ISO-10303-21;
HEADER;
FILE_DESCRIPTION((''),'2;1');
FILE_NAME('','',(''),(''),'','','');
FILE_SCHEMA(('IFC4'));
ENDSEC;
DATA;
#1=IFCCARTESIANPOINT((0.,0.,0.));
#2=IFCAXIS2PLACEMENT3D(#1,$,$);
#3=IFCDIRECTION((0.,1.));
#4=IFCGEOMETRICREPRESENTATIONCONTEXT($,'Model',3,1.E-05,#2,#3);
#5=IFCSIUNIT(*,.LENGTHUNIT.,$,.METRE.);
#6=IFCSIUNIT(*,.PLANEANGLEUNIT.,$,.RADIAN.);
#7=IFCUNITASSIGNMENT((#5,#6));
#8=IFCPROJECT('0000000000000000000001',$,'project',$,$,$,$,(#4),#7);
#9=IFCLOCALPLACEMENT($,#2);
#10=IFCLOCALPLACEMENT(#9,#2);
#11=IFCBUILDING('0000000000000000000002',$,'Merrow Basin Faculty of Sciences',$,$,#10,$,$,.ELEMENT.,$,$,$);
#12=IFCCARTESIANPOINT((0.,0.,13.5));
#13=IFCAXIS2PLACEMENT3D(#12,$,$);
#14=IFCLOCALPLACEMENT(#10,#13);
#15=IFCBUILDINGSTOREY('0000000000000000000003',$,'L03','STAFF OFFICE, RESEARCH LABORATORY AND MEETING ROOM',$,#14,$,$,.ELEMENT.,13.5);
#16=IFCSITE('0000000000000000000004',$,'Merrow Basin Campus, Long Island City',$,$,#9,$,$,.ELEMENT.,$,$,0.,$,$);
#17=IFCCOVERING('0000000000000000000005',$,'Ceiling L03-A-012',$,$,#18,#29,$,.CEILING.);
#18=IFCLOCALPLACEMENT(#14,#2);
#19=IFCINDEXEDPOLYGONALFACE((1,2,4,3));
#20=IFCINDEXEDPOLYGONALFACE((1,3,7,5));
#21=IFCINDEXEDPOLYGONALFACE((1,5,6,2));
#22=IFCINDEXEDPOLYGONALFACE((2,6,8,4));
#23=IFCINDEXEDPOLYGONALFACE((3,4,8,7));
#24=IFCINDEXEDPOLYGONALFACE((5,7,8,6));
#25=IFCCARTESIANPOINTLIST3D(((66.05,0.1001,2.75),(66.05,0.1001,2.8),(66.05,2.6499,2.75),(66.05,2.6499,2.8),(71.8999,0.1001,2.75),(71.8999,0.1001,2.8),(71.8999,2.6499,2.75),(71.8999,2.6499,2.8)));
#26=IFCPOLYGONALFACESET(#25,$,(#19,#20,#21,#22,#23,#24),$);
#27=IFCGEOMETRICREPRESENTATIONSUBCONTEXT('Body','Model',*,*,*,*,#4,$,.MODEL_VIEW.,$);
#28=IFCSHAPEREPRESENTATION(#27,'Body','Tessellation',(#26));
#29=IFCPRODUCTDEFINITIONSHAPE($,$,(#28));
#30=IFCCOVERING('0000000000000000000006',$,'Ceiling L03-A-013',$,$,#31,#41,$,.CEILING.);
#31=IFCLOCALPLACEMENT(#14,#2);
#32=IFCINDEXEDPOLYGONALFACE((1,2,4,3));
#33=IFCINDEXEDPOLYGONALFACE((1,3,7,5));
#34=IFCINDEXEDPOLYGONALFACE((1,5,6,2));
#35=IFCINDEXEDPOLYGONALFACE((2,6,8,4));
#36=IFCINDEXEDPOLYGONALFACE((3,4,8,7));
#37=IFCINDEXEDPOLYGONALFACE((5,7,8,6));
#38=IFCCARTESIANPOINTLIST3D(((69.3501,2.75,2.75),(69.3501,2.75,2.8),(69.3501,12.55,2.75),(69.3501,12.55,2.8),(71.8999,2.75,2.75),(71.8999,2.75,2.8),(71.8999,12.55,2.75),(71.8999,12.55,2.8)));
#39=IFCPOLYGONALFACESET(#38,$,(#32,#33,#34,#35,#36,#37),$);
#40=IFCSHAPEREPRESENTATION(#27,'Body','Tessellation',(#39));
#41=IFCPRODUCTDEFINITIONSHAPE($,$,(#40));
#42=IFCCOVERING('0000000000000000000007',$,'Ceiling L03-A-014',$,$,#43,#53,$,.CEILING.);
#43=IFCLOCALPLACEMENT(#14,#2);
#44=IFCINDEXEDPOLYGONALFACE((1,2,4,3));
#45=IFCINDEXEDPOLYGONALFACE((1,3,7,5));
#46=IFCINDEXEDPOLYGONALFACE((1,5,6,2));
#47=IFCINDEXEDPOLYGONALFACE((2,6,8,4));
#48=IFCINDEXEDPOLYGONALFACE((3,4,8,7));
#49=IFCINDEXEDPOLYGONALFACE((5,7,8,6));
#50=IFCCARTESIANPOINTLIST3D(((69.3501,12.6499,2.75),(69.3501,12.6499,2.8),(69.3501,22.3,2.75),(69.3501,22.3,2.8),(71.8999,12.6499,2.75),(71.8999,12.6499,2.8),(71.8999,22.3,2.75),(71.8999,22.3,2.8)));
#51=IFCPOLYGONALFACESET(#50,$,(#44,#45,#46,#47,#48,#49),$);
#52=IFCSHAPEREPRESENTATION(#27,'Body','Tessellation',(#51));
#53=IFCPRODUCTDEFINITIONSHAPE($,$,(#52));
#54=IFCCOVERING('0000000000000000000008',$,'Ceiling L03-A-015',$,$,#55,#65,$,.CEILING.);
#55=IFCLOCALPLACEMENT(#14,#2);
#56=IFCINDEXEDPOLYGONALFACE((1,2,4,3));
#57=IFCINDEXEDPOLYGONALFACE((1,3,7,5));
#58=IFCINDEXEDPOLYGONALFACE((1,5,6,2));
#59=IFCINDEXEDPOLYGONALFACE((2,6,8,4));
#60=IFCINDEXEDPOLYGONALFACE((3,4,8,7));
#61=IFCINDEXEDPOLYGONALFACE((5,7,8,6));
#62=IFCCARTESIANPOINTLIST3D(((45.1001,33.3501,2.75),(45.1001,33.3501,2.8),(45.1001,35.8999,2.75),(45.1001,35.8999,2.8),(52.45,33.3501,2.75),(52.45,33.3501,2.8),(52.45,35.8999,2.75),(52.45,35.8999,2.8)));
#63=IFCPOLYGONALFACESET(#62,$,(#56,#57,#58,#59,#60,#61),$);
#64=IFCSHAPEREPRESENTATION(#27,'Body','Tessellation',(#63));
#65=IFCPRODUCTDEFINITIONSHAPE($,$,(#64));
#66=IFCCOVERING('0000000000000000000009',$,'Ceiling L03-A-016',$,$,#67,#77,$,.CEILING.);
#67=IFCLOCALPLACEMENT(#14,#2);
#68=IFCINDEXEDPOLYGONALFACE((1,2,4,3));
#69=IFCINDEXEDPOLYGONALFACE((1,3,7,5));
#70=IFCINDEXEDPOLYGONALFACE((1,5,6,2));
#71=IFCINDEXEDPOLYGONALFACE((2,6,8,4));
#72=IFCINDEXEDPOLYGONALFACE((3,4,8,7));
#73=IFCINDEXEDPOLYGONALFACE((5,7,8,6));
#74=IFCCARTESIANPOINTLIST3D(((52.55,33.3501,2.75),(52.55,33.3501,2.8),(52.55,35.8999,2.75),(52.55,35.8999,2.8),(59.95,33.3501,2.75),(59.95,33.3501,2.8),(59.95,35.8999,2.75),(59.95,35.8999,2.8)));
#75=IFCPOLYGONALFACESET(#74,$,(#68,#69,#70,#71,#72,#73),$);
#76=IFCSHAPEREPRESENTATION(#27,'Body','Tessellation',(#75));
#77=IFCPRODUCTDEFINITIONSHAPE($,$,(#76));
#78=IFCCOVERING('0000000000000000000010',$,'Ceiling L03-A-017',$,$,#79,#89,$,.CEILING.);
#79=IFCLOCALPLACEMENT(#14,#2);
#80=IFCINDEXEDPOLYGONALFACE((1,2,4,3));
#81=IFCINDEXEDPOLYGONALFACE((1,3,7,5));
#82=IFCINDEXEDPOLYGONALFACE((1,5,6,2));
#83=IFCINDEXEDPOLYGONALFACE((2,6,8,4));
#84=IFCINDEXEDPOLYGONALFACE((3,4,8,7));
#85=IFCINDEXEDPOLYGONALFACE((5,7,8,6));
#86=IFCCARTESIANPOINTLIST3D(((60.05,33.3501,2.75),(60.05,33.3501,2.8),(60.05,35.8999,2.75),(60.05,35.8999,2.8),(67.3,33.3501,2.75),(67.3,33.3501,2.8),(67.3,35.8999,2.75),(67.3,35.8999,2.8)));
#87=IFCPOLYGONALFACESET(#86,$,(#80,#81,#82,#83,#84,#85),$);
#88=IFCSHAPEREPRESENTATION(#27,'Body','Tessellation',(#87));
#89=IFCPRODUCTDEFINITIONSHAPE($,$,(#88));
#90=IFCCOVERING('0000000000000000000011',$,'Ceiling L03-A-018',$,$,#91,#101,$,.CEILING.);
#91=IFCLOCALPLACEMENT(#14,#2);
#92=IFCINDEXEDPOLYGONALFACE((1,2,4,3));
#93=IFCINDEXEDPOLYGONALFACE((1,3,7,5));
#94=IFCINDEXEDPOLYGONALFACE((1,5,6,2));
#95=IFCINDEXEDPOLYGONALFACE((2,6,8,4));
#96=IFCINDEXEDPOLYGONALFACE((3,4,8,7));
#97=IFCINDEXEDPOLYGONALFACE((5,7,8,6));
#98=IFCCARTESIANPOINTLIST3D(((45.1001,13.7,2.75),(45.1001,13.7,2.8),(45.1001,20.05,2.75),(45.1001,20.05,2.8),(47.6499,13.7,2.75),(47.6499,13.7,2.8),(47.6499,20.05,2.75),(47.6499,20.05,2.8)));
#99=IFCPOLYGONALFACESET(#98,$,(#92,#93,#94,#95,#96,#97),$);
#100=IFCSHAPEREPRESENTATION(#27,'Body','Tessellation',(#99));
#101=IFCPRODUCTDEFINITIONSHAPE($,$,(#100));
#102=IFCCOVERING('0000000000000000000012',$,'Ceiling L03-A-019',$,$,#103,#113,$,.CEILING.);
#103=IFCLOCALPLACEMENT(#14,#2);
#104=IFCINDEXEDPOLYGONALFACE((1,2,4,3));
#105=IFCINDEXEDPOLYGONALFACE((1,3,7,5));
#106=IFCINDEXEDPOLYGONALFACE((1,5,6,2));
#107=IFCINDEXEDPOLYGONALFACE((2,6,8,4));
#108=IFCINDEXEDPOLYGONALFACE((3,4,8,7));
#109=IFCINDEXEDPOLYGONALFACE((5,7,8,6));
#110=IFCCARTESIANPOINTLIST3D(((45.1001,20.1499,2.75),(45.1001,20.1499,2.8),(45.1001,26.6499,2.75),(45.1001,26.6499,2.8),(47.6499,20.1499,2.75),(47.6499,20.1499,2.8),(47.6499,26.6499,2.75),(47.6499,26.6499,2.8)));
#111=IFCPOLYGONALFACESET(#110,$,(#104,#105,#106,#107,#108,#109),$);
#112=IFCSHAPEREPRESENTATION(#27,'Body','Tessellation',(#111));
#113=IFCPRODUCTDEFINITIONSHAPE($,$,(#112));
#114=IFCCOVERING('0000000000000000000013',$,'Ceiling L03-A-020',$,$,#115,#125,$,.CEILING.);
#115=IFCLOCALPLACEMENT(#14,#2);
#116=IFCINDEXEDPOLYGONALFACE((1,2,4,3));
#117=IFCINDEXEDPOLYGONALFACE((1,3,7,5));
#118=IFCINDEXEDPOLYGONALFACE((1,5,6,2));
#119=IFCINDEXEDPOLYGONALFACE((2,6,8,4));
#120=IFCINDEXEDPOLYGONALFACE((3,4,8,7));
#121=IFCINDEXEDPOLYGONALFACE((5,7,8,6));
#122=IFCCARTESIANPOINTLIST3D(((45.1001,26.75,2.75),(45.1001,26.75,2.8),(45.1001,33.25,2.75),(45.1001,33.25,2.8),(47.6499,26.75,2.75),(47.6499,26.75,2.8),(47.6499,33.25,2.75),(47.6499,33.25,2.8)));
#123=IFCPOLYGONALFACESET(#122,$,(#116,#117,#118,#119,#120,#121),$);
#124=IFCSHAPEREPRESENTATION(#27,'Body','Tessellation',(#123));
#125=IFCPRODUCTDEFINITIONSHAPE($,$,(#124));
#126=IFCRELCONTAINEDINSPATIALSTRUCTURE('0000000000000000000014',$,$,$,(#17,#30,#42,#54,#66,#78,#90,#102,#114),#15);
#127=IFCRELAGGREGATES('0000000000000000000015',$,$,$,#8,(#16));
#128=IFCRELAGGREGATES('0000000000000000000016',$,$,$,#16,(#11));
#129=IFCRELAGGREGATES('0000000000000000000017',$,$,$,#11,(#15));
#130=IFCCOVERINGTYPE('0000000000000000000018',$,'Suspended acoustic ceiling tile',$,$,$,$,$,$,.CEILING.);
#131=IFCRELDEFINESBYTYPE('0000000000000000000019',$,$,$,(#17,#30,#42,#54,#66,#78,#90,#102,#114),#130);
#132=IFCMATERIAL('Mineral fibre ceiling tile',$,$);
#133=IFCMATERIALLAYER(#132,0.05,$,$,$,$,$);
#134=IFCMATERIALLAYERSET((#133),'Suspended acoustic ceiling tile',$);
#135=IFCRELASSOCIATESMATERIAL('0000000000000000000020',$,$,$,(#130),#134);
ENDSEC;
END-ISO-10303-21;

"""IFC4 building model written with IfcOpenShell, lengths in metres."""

from ifc_helpers import new_model, si_unit, direction, frame, origin, place, context, subcontext, project, spatial, polyline, outline, extrude, material, layer, layer_set, type_object, element, save


model = new_model("IFC4")

# Units and contexts
model_context = context("Model", 3, precision=1e-05, world=origin(), true_north=direction((0.0, 1.0)))
body_context = subcontext(model_context, "Body", "Model", "MODEL_VIEW")
ifc_project = project(units=[si_unit("LENGTHUNIT", "METRE"), si_unit("PLANEANGLEUNIT", "RADIAN")], contexts=[model_context])

# Site, building, storey
site_placement = place(None, origin())
site = spatial("IfcSite", under=ifc_project, at=site_placement, Name="Merrow Basin Campus, Long Island City", CompositionType="ELEMENT", RefElevation=0.0)
building_placement = place(site_placement, origin())
building = spatial("IfcBuilding", under=site, at=building_placement, Name="Merrow Basin Faculty of Sciences", CompositionType="ELEMENT")
storey_placement = place(building_placement, frame((0.0, 0.0, 13.5)))
storey = spatial("IfcBuildingStorey", under=building, at=storey_placement, Name="L03", Description="STAFF OFFICE, RESEARCH LABORATORY AND MEETING ROOM", CompositionType="ELEMENT", Elevation=13.5)

# Coverings
ifc_material_1 = material(Name="Mineral fibre ceiling tile")
ifc_layer_1 = layer(ifc_material_1, 0.05)
ifc_layer_set_1 = layer_set([ifc_layer_1], Name="Suspended acoustic ceiling tile")
covering_type_1 = type_object("IfcCoveringType", Name="Suspended acoustic ceiling tile", PredefinedType="CEILING", material=ifc_layer_set_1)
covering_1_placement = place(storey_placement, frame((0.0, 0.0, 2.75)))
element("IfcCovering", 1, at=covering_1_placement, inside=storey, type_object=covering_type_1, Name="Ceiling L03-A-012", PredefinedType="CEILING", context=body_context, shape_type="SweptSolid", body=[
    extrude(outline(polyline([(71.8999, 0.1001), (66.05, 0.1001), (66.05, 2.6499), (71.8999, 2.6499), (71.8999, 0.1001)])), origin(), (0.0, 0.0, 1.0), 0.05),
])
covering_2_placement = place(storey_placement, frame((0.0, 0.0, 2.75)))
element("IfcCovering", 2, at=covering_2_placement, inside=storey, type_object=covering_type_1, Name="Ceiling L03-A-013", PredefinedType="CEILING", context=body_context, shape_type="SweptSolid", body=[
    extrude(outline(polyline([(71.8999, 2.75), (69.3501, 2.75), (69.3501, 12.55), (71.8999, 12.55), (71.8999, 2.75)])), origin(), (0.0, 0.0, 1.0), 0.05),
])
covering_3_placement = place(storey_placement, frame((0.0, 0.0, 2.75)))
element("IfcCovering", 3, at=covering_3_placement, inside=storey, type_object=covering_type_1, Name="Ceiling L03-A-014", PredefinedType="CEILING", context=body_context, shape_type="SweptSolid", body=[
    extrude(outline(polyline([(71.8999, 12.6499), (69.3501, 12.6499), (69.3501, 22.3), (71.8999, 22.3), (71.8999, 12.6499)])), origin(), (0.0, 0.0, 1.0), 0.05),
])
covering_4_placement = place(storey_placement, frame((0.0, 0.0, 2.75)))
element("IfcCovering", 4, at=covering_4_placement, inside=storey, type_object=covering_type_1, Name="Ceiling L03-A-015", PredefinedType="CEILING", context=body_context, shape_type="SweptSolid", body=[
    extrude(outline(polyline([(45.1001, 35.8999), (52.45, 35.8999), (52.45, 33.3501), (45.1001, 33.3501), (45.1001, 35.8999)])), origin(), (0.0, 0.0, 1.0), 0.05),
])
covering_5_placement = place(storey_placement, frame((0.0, 0.0, 2.75)))
element("IfcCovering", 5, at=covering_5_placement, inside=storey, type_object=covering_type_1, Name="Ceiling L03-A-016", PredefinedType="CEILING", context=body_context, shape_type="SweptSolid", body=[
    extrude(outline(polyline([(59.95, 35.8999), (59.95, 33.3501), (52.55, 33.3501), (52.55, 35.8999), (59.95, 35.8999)])), origin(), (0.0, 0.0, 1.0), 0.05),
])
covering_6_placement = place(storey_placement, frame((0.0, 0.0, 2.75)))
element("IfcCovering", 6, at=covering_6_placement, inside=storey, type_object=covering_type_1, Name="Ceiling L03-A-017", PredefinedType="CEILING", context=body_context, shape_type="SweptSolid", body=[
    extrude(outline(polyline([(67.3, 35.8999), (67.3, 33.3501), (60.05, 33.3501), (60.05, 35.8999), (67.3, 35.8999)])), origin(), (0.0, 0.0, 1.0), 0.05),
])
covering_7_placement = place(storey_placement, frame((0.0, 0.0, 2.75)))
element("IfcCovering", 7, at=covering_7_placement, inside=storey, type_object=covering_type_1, Name="Ceiling L03-A-018", PredefinedType="CEILING", context=body_context, shape_type="SweptSolid", body=[
    extrude(outline(polyline([(45.1001, 20.05), (47.6499, 20.05), (47.6499, 13.7), (45.1001, 13.7), (45.1001, 20.05)])), origin(), (0.0, 0.0, 1.0), 0.05),
])
covering_8_placement = place(storey_placement, frame((0.0, 0.0, 2.75)))
element("IfcCovering", 8, at=covering_8_placement, inside=storey, type_object=covering_type_1, Name="Ceiling L03-A-019", PredefinedType="CEILING", context=body_context, shape_type="SweptSolid", body=[
    extrude(outline(polyline([(47.6499, 26.6499), (47.6499, 20.1499), (45.1001, 20.1499), (45.1001, 26.6499), (47.6499, 26.6499)])), origin(), (0.0, 0.0, 1.0), 0.05),
])
covering_9_placement = place(storey_placement, frame((0.0, 0.0, 2.75)))
element("IfcCovering", 9, at=covering_9_placement, inside=storey, type_object=covering_type_1, Name="Ceiling L03-A-020", PredefinedType="CEILING", context=body_context, shape_type="SweptSolid", body=[
    extrude(outline(polyline([(47.6499, 26.75), (45.1001, 26.75), (45.1001, 33.25), (47.6499, 33.25), (47.6499, 26.75)])), origin(), (0.0, 0.0, 1.0), 0.05),
])

save(model, "model.ifc")
